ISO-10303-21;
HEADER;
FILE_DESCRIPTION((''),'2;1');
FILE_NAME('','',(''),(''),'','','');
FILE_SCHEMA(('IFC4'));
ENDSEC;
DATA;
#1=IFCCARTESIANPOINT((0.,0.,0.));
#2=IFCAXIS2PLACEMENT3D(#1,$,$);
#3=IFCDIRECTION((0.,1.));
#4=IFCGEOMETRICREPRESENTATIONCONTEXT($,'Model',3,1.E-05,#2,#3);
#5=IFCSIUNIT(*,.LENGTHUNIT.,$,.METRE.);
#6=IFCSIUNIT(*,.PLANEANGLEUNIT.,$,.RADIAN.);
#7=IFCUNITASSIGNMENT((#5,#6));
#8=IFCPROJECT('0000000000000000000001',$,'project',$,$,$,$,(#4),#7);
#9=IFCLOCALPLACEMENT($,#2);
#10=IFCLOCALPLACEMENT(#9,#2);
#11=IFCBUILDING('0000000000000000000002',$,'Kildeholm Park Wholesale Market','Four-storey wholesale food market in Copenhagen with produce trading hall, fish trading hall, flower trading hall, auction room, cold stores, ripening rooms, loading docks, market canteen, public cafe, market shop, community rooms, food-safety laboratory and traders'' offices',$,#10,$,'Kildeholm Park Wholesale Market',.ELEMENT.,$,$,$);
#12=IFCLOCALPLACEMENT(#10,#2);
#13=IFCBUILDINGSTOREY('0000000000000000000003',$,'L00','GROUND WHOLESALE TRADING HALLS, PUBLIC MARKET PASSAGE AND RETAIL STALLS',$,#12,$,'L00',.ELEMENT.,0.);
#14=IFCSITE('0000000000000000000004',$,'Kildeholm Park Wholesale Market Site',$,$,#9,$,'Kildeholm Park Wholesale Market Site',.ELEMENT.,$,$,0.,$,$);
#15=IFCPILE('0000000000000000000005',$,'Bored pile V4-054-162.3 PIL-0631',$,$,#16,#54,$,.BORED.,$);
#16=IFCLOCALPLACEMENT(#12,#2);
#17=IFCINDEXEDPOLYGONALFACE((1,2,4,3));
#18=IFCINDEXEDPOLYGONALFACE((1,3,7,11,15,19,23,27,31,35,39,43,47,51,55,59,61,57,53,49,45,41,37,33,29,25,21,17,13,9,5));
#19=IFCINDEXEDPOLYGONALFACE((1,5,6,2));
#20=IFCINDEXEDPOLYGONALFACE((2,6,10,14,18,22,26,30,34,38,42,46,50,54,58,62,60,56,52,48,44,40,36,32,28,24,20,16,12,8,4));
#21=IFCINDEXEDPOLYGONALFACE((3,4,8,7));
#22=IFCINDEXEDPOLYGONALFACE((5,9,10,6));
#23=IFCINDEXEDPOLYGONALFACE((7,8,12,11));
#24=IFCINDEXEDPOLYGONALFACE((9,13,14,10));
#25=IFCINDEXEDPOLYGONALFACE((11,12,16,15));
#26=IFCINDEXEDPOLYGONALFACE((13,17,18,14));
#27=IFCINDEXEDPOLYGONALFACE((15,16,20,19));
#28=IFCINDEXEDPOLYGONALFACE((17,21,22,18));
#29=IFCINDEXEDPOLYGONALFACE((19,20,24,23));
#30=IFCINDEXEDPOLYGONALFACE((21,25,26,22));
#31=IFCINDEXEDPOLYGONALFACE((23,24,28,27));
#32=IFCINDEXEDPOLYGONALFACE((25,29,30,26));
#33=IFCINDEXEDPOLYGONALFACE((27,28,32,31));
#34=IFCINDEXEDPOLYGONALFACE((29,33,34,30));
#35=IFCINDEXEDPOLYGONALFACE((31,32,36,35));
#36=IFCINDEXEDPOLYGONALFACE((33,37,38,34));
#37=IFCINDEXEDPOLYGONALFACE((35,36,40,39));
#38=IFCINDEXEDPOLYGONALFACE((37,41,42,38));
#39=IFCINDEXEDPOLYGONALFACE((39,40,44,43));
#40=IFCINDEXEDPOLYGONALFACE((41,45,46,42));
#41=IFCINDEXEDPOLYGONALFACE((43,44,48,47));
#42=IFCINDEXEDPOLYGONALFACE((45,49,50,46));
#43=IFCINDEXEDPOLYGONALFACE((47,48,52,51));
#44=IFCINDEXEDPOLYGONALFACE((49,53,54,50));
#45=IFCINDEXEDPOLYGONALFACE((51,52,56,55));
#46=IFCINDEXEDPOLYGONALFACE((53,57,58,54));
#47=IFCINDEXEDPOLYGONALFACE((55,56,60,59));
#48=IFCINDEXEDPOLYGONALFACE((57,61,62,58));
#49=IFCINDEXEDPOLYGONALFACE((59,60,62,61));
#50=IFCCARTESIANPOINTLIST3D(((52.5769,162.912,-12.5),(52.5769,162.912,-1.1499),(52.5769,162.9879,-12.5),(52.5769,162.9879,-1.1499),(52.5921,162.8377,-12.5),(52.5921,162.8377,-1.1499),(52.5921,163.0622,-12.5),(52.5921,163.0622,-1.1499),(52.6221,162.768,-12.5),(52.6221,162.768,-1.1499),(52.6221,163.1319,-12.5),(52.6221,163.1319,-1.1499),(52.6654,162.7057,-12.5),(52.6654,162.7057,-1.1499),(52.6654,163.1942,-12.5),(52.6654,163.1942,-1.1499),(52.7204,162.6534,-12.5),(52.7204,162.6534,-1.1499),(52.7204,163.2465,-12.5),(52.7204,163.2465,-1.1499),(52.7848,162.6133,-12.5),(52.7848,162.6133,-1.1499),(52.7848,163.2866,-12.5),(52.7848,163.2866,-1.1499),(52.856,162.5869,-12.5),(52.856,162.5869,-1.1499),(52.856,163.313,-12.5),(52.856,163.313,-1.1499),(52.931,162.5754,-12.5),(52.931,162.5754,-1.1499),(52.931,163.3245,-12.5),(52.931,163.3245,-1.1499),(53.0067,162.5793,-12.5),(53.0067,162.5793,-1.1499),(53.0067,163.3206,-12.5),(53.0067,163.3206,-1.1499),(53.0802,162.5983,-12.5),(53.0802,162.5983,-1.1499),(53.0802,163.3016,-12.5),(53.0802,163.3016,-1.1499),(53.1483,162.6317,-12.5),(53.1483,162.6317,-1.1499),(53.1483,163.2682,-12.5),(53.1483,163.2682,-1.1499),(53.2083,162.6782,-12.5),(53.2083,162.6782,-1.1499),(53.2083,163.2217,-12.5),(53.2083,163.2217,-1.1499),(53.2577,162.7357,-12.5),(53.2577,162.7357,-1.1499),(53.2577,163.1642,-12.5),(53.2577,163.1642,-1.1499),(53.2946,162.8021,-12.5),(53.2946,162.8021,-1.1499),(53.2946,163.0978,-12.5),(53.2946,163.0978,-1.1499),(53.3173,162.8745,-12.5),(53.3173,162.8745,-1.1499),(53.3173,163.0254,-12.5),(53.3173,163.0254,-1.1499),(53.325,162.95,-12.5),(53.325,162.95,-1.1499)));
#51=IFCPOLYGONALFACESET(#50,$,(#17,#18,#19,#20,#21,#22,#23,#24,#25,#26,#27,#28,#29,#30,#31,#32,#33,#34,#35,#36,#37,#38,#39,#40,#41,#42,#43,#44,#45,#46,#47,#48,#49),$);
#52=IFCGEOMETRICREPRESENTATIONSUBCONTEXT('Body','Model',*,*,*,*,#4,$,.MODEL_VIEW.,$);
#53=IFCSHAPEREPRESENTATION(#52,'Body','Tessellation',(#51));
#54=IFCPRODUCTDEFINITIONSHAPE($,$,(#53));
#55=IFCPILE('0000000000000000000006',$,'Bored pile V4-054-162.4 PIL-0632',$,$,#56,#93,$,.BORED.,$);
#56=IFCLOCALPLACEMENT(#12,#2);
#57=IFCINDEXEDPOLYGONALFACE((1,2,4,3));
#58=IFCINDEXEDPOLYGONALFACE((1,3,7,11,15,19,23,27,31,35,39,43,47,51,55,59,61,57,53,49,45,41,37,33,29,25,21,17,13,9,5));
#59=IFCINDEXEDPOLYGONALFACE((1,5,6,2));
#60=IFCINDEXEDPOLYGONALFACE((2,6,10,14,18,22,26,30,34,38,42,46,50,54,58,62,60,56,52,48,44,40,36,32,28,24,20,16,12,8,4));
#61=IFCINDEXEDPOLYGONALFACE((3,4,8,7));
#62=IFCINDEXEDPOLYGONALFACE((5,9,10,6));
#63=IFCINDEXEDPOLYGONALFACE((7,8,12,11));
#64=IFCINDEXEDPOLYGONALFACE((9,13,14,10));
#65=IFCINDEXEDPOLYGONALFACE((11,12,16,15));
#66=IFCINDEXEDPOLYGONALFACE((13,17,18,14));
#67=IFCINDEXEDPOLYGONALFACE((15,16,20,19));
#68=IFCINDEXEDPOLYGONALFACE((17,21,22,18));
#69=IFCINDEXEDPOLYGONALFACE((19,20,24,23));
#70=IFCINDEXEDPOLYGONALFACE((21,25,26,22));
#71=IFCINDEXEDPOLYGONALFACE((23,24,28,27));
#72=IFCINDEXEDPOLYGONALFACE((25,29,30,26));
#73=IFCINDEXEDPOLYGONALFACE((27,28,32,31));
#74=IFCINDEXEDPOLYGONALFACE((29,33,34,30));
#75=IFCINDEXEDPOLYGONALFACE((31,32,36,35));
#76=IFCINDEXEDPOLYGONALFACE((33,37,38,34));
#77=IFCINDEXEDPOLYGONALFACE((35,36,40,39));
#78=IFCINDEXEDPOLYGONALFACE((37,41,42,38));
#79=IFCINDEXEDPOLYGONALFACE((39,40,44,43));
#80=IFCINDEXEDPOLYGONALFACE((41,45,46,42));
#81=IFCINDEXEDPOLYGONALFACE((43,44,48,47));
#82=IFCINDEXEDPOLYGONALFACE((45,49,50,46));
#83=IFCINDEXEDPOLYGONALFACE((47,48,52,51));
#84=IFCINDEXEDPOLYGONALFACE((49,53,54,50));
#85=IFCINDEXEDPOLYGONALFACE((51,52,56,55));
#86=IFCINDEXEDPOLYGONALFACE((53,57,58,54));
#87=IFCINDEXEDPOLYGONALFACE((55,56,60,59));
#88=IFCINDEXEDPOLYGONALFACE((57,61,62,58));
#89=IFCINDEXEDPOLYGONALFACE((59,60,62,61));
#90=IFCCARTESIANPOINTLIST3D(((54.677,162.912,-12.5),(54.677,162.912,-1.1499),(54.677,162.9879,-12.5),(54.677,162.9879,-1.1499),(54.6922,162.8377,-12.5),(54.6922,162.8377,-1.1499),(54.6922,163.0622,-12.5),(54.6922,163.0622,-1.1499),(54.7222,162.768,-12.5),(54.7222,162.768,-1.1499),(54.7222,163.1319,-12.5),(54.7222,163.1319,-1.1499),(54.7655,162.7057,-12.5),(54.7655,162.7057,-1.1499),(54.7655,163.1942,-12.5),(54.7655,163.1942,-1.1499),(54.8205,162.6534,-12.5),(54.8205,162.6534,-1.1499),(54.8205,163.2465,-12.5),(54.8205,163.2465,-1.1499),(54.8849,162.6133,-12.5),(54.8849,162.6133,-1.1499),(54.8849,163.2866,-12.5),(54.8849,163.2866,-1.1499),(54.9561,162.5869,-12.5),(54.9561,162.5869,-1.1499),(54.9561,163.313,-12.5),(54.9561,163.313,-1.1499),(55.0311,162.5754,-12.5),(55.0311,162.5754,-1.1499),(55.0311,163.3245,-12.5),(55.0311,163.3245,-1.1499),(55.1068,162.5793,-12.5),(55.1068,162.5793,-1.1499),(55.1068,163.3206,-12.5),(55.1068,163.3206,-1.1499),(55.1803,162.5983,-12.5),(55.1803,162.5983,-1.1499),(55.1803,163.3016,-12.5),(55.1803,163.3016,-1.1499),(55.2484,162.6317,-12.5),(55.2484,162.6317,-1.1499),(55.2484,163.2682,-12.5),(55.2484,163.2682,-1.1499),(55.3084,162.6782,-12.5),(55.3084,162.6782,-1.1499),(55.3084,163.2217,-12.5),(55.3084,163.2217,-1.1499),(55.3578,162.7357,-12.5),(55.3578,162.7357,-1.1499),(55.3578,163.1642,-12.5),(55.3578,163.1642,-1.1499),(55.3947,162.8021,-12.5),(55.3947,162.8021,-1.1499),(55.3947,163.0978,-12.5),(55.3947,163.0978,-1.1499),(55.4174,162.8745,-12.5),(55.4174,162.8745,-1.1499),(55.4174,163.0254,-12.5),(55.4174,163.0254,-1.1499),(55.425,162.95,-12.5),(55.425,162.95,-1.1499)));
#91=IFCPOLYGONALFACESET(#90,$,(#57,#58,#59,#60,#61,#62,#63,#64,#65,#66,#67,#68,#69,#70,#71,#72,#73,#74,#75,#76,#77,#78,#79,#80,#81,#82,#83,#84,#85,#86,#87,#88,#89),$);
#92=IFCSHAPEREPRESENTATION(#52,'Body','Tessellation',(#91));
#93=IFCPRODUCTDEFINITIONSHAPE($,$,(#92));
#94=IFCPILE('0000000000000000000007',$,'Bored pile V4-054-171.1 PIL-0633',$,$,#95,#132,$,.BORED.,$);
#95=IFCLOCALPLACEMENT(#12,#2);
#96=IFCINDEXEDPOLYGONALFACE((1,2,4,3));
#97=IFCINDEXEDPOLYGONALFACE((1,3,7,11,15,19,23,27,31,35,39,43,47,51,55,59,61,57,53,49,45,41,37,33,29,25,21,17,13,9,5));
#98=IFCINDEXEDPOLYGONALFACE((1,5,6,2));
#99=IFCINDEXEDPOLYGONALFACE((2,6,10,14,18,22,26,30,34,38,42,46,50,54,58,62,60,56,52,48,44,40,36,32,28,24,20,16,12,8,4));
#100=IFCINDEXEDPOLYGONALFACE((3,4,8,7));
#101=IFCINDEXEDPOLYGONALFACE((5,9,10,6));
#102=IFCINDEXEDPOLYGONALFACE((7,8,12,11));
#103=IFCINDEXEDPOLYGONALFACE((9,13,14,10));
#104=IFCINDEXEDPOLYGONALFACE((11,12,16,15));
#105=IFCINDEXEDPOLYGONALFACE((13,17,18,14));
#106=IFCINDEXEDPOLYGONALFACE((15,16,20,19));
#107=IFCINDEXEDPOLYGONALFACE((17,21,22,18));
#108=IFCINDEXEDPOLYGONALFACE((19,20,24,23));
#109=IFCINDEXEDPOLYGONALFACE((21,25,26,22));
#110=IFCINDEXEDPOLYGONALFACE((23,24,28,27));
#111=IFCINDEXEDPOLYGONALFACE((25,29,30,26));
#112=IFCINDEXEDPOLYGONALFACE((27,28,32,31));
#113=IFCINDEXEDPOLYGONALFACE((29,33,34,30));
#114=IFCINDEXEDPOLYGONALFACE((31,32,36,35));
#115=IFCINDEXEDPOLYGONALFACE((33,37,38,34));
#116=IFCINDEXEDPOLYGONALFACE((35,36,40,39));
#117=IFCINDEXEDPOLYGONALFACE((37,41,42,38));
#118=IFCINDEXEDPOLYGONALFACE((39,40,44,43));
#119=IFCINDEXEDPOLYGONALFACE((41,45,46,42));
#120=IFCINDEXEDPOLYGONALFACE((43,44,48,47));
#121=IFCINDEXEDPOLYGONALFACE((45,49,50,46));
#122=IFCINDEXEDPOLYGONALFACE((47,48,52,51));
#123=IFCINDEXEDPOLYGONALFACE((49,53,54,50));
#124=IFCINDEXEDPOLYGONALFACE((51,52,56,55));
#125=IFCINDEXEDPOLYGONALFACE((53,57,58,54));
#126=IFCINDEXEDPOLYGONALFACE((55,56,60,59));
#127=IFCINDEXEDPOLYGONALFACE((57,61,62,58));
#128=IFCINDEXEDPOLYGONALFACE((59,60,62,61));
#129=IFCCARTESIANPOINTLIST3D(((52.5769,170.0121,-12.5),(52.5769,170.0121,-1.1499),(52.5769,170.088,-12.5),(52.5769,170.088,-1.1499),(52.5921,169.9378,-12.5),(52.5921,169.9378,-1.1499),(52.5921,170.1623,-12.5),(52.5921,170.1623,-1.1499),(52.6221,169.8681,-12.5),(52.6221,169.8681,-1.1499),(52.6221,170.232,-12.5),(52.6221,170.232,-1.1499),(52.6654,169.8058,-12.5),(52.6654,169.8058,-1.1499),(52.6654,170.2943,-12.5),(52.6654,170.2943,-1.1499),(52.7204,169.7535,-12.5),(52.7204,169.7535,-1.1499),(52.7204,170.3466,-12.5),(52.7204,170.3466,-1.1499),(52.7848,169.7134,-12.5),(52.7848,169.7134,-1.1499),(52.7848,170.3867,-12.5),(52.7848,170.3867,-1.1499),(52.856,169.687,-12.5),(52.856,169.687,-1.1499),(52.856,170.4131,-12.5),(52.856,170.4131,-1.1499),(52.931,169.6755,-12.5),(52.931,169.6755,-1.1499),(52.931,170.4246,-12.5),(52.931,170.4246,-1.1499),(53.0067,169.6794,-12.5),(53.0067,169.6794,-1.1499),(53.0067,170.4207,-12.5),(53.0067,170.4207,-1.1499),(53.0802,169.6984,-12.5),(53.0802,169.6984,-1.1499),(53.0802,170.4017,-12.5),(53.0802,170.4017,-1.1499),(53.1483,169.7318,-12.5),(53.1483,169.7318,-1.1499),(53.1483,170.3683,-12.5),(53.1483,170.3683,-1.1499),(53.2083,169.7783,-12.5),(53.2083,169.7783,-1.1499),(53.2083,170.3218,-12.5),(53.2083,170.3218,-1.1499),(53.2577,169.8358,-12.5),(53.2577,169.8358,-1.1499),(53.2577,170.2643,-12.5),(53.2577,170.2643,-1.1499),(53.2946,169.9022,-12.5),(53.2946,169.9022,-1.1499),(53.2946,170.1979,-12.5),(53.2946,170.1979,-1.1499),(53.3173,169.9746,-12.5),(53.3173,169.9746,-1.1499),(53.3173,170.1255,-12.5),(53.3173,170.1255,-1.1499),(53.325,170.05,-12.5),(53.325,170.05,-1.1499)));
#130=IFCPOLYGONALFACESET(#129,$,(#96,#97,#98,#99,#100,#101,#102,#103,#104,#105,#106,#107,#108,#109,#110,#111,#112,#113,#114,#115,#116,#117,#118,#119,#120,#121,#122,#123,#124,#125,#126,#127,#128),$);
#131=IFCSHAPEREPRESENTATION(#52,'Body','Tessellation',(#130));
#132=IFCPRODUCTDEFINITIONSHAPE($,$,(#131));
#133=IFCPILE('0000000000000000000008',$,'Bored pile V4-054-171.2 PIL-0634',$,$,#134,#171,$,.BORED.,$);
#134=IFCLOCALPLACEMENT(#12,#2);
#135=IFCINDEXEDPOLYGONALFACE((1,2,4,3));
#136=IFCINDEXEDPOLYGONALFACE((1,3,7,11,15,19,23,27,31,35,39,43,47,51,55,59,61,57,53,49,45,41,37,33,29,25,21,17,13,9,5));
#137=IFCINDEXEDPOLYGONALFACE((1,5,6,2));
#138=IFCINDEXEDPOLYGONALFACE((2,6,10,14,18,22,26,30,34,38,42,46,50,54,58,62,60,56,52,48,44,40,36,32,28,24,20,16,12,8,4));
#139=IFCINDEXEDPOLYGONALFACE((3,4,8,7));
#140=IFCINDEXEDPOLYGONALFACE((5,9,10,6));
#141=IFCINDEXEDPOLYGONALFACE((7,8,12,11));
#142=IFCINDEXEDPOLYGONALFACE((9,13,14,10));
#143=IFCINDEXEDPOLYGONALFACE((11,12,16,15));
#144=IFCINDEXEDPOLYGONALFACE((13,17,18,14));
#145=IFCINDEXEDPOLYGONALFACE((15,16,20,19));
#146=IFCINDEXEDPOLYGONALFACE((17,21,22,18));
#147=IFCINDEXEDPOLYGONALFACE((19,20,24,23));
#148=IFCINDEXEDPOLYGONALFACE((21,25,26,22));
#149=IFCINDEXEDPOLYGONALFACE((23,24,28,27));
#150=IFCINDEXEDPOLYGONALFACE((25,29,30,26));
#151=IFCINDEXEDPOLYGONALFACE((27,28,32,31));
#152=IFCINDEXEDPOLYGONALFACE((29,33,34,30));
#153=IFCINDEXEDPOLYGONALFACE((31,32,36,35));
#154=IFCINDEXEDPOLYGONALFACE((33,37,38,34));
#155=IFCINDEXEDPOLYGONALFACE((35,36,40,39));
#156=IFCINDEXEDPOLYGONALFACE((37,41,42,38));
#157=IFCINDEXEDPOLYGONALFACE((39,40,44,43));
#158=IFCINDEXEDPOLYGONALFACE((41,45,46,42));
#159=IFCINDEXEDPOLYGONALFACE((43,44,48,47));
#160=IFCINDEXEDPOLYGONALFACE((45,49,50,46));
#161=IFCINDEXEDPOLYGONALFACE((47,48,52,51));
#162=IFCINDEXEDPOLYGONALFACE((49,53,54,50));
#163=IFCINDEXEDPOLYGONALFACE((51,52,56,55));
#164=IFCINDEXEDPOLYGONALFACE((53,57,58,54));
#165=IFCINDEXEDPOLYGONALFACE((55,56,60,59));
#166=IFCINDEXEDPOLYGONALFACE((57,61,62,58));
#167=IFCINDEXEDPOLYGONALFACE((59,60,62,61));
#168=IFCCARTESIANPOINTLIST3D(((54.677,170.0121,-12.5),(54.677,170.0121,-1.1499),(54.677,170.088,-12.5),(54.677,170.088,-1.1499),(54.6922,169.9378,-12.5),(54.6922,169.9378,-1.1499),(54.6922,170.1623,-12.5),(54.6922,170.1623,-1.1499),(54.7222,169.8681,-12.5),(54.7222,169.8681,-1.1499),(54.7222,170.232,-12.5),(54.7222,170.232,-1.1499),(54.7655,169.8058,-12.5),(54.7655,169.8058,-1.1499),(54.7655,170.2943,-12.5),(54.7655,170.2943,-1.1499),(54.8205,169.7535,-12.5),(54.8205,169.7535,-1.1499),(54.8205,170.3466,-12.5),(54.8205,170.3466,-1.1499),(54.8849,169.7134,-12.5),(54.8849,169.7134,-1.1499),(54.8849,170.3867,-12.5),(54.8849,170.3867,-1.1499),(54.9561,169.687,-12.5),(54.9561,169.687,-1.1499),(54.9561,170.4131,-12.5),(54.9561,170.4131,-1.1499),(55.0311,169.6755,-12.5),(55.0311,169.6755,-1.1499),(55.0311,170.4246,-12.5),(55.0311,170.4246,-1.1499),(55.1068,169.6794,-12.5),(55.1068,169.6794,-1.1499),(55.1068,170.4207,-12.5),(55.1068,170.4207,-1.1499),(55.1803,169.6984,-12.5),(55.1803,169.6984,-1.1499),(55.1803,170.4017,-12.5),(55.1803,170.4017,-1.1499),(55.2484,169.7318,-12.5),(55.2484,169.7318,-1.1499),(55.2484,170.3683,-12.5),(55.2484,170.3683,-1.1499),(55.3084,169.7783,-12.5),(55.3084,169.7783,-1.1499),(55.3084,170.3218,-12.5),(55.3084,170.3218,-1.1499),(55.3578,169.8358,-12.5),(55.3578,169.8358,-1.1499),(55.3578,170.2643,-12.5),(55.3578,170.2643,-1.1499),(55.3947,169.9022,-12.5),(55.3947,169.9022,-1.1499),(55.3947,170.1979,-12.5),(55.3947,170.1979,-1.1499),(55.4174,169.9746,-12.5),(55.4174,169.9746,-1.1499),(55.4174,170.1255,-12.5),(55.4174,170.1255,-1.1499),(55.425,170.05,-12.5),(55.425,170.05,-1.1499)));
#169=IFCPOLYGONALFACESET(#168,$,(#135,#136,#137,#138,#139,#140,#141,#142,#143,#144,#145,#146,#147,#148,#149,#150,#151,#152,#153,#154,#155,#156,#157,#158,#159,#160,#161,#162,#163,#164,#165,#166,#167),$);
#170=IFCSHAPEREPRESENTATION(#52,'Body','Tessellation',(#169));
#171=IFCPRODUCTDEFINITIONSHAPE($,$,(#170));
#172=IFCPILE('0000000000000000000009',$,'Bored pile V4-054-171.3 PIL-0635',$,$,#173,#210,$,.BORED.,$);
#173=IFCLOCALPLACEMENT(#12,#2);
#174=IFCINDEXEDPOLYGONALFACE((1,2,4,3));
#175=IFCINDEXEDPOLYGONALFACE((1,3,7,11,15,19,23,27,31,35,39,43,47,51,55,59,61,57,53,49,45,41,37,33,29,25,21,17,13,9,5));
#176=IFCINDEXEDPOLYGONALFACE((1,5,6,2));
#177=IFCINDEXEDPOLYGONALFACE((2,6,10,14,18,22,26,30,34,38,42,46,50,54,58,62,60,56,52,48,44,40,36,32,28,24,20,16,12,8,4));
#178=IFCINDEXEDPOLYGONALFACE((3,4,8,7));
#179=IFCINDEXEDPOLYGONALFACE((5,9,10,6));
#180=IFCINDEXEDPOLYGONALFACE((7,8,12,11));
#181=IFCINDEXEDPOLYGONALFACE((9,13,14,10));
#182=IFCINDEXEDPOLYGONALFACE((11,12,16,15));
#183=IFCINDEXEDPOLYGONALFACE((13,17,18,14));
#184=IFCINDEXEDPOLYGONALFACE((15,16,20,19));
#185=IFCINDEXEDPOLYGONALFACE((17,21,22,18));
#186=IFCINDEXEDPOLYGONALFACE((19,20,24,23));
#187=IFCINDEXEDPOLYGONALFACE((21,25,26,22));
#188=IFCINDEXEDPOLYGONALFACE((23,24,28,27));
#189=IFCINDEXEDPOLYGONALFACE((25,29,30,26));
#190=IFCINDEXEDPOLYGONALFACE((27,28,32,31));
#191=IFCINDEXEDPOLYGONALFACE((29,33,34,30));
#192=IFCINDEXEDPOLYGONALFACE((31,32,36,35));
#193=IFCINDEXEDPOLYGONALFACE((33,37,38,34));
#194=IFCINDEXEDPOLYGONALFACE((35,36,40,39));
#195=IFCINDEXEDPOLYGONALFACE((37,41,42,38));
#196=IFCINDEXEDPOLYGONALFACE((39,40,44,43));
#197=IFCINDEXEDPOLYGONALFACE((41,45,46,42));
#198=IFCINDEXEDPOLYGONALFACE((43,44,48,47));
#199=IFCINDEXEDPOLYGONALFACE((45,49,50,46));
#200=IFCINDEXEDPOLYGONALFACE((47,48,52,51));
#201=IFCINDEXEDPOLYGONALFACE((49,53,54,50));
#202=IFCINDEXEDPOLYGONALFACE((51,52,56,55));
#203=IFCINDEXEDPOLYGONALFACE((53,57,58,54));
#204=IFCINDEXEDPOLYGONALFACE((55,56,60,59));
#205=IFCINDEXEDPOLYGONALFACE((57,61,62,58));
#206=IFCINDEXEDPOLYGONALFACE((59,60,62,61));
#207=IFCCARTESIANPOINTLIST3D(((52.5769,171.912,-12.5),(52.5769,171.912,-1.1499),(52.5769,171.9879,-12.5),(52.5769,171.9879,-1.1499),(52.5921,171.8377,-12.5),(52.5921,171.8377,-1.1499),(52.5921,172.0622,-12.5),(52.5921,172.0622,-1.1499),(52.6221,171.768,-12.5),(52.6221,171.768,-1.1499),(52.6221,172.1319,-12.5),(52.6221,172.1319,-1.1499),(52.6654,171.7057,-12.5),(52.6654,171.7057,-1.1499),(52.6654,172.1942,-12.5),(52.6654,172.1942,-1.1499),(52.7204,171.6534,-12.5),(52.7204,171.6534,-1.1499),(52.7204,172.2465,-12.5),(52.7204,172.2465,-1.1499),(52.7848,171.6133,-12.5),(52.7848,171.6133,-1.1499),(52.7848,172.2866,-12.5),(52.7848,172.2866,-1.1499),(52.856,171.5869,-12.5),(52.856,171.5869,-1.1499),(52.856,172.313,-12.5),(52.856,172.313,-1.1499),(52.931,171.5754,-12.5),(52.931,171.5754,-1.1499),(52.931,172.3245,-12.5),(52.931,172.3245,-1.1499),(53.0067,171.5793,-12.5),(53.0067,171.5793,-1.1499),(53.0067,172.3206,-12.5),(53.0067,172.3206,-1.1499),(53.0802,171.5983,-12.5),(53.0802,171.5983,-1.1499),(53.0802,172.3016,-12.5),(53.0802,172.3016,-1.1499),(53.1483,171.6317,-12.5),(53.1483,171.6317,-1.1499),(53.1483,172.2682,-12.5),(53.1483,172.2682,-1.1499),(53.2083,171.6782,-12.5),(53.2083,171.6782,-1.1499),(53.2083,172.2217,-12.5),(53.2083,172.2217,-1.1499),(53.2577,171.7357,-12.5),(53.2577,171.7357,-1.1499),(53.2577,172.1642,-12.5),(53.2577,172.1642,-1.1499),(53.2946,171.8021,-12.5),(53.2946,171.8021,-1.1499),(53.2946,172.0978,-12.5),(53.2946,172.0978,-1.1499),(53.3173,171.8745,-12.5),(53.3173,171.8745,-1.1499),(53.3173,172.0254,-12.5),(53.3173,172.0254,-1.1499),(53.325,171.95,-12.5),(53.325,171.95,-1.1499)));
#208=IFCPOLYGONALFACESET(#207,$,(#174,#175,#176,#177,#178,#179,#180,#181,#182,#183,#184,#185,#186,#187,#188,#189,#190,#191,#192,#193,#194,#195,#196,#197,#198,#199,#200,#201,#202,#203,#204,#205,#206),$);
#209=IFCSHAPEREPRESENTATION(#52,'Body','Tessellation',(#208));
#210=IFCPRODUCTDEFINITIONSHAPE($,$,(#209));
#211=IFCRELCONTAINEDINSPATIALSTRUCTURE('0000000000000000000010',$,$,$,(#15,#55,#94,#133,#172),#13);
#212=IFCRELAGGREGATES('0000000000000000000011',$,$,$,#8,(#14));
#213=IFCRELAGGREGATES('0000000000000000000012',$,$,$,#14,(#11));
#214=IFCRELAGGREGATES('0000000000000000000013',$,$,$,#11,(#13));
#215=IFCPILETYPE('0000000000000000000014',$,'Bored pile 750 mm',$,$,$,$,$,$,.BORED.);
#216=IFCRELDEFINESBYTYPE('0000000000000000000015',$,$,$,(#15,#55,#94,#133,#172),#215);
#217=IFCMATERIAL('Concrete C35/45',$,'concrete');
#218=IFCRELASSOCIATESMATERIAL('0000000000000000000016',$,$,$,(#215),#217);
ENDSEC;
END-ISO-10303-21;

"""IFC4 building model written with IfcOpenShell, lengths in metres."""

from ifc_helpers import new_model, si_unit, direction, frame, origin, origin_2d, place, context, subcontext, project, spatial, circle, extrude, material, material_profile, profile_set, type_object, element, save


model = new_model("IFC4")

# Units and contexts
model_context = context("Model", 3, precision=1e-05, world=origin(), true_north=direction((0.0, 1.0)))
body_context = subcontext(model_context, "Body", "Model", "MODEL_VIEW")
ifc_project = project(units=[si_unit("LENGTHUNIT", "METRE"), si_unit("PLANEANGLEUNIT", "RADIAN")], contexts=[model_context])

# Site, building, storey
site_placement = place(None, origin())
site = spatial("IfcSite", under=ifc_project, at=site_placement, Name="Kildeholm Park Wholesale Market Site", LongName="Kildeholm Park Wholesale Market Site", CompositionType="ELEMENT", RefElevation=0.0)
building_placement = place(site_placement, origin())
building = spatial("IfcBuilding", under=site, at=building_placement, Name="Kildeholm Park Wholesale Market", Description="Four-storey wholesale food market in Copenhagen with produce trading hall, fish trading hall, flower trading hall, auction room, cold stores, ripening rooms, loading docks, market canteen, public cafe, market shop, community rooms, food-safety laboratory and traders' offices", LongName="Kildeholm Park Wholesale Market", CompositionType="ELEMENT")
storey_placement = place(building_placement, origin())
storey = spatial("IfcBuildingStorey", under=building, at=storey_placement, Name="L00", Description="GROUND WHOLESALE TRADING HALLS, PUBLIC MARKET PASSAGE AND RETAIL STALLS", LongName="L00", CompositionType="ELEMENT", Elevation=0.0)

# Piles
ifc_material_1 = material(Name="Concrete C35/45", Category="concrete")
ifc_material_profile_1 = material_profile(ifc_material_1, circle(Radius=0.375, at=origin_2d()), Name="PILE D750")
ifc_profile_set_1 = profile_set([ifc_material_profile_1], Name="Concrete C35/45")
pile_type = type_object("IfcPileType", Name="Bored pile 750 mm", PredefinedType="BORED", material=ifc_profile_set_1)
for number, where, z_axis, x_axis, name in (
    (1, (52.95, 162.95, -1.1499), (0.0, 0.0, -1.0), (1.0, 0.0, 0.0), "Bored pile V4-054-162.3 PIL-0631"),
    (2, (55.05, 162.95, -1.1499), (0.0, 0.0, -1.0), (1.0, 0.0, 0.0), "Bored pile V4-054-162.4 PIL-0632"),
    (3, (52.95, 170.05, -1.1499), (0.0, 0.0, -1.0), (1.0, 0.0, 0.0), "Bored pile V4-054-171.1 PIL-0633"),
    (4, (55.05, 170.05, -1.1499), (0.0, 0.0, -1.0), (1.0, 0.0, 0.0), "Bored pile V4-054-171.2 PIL-0634"),
    (5, (52.95, 171.95, -1.1499), (0.0, 0.0, -1.0), (1.0, 0.0, 0.0), "Bored pile V4-054-171.3 PIL-0635"),
):
    element("IfcPile", number, at=place(storey_placement, frame(where, z_axis=z_axis, x_axis=x_axis)), inside=storey, type_object=pile_type, Name=name, PredefinedType="BORED", context=body_context, shape_type="SweptSolid", body=[
        extrude(circle(Radius=0.375, at=origin_2d()), origin(), (0.0, 0.0, 1.0), 11.3501),
    ])

save(model, "model.ifc")
